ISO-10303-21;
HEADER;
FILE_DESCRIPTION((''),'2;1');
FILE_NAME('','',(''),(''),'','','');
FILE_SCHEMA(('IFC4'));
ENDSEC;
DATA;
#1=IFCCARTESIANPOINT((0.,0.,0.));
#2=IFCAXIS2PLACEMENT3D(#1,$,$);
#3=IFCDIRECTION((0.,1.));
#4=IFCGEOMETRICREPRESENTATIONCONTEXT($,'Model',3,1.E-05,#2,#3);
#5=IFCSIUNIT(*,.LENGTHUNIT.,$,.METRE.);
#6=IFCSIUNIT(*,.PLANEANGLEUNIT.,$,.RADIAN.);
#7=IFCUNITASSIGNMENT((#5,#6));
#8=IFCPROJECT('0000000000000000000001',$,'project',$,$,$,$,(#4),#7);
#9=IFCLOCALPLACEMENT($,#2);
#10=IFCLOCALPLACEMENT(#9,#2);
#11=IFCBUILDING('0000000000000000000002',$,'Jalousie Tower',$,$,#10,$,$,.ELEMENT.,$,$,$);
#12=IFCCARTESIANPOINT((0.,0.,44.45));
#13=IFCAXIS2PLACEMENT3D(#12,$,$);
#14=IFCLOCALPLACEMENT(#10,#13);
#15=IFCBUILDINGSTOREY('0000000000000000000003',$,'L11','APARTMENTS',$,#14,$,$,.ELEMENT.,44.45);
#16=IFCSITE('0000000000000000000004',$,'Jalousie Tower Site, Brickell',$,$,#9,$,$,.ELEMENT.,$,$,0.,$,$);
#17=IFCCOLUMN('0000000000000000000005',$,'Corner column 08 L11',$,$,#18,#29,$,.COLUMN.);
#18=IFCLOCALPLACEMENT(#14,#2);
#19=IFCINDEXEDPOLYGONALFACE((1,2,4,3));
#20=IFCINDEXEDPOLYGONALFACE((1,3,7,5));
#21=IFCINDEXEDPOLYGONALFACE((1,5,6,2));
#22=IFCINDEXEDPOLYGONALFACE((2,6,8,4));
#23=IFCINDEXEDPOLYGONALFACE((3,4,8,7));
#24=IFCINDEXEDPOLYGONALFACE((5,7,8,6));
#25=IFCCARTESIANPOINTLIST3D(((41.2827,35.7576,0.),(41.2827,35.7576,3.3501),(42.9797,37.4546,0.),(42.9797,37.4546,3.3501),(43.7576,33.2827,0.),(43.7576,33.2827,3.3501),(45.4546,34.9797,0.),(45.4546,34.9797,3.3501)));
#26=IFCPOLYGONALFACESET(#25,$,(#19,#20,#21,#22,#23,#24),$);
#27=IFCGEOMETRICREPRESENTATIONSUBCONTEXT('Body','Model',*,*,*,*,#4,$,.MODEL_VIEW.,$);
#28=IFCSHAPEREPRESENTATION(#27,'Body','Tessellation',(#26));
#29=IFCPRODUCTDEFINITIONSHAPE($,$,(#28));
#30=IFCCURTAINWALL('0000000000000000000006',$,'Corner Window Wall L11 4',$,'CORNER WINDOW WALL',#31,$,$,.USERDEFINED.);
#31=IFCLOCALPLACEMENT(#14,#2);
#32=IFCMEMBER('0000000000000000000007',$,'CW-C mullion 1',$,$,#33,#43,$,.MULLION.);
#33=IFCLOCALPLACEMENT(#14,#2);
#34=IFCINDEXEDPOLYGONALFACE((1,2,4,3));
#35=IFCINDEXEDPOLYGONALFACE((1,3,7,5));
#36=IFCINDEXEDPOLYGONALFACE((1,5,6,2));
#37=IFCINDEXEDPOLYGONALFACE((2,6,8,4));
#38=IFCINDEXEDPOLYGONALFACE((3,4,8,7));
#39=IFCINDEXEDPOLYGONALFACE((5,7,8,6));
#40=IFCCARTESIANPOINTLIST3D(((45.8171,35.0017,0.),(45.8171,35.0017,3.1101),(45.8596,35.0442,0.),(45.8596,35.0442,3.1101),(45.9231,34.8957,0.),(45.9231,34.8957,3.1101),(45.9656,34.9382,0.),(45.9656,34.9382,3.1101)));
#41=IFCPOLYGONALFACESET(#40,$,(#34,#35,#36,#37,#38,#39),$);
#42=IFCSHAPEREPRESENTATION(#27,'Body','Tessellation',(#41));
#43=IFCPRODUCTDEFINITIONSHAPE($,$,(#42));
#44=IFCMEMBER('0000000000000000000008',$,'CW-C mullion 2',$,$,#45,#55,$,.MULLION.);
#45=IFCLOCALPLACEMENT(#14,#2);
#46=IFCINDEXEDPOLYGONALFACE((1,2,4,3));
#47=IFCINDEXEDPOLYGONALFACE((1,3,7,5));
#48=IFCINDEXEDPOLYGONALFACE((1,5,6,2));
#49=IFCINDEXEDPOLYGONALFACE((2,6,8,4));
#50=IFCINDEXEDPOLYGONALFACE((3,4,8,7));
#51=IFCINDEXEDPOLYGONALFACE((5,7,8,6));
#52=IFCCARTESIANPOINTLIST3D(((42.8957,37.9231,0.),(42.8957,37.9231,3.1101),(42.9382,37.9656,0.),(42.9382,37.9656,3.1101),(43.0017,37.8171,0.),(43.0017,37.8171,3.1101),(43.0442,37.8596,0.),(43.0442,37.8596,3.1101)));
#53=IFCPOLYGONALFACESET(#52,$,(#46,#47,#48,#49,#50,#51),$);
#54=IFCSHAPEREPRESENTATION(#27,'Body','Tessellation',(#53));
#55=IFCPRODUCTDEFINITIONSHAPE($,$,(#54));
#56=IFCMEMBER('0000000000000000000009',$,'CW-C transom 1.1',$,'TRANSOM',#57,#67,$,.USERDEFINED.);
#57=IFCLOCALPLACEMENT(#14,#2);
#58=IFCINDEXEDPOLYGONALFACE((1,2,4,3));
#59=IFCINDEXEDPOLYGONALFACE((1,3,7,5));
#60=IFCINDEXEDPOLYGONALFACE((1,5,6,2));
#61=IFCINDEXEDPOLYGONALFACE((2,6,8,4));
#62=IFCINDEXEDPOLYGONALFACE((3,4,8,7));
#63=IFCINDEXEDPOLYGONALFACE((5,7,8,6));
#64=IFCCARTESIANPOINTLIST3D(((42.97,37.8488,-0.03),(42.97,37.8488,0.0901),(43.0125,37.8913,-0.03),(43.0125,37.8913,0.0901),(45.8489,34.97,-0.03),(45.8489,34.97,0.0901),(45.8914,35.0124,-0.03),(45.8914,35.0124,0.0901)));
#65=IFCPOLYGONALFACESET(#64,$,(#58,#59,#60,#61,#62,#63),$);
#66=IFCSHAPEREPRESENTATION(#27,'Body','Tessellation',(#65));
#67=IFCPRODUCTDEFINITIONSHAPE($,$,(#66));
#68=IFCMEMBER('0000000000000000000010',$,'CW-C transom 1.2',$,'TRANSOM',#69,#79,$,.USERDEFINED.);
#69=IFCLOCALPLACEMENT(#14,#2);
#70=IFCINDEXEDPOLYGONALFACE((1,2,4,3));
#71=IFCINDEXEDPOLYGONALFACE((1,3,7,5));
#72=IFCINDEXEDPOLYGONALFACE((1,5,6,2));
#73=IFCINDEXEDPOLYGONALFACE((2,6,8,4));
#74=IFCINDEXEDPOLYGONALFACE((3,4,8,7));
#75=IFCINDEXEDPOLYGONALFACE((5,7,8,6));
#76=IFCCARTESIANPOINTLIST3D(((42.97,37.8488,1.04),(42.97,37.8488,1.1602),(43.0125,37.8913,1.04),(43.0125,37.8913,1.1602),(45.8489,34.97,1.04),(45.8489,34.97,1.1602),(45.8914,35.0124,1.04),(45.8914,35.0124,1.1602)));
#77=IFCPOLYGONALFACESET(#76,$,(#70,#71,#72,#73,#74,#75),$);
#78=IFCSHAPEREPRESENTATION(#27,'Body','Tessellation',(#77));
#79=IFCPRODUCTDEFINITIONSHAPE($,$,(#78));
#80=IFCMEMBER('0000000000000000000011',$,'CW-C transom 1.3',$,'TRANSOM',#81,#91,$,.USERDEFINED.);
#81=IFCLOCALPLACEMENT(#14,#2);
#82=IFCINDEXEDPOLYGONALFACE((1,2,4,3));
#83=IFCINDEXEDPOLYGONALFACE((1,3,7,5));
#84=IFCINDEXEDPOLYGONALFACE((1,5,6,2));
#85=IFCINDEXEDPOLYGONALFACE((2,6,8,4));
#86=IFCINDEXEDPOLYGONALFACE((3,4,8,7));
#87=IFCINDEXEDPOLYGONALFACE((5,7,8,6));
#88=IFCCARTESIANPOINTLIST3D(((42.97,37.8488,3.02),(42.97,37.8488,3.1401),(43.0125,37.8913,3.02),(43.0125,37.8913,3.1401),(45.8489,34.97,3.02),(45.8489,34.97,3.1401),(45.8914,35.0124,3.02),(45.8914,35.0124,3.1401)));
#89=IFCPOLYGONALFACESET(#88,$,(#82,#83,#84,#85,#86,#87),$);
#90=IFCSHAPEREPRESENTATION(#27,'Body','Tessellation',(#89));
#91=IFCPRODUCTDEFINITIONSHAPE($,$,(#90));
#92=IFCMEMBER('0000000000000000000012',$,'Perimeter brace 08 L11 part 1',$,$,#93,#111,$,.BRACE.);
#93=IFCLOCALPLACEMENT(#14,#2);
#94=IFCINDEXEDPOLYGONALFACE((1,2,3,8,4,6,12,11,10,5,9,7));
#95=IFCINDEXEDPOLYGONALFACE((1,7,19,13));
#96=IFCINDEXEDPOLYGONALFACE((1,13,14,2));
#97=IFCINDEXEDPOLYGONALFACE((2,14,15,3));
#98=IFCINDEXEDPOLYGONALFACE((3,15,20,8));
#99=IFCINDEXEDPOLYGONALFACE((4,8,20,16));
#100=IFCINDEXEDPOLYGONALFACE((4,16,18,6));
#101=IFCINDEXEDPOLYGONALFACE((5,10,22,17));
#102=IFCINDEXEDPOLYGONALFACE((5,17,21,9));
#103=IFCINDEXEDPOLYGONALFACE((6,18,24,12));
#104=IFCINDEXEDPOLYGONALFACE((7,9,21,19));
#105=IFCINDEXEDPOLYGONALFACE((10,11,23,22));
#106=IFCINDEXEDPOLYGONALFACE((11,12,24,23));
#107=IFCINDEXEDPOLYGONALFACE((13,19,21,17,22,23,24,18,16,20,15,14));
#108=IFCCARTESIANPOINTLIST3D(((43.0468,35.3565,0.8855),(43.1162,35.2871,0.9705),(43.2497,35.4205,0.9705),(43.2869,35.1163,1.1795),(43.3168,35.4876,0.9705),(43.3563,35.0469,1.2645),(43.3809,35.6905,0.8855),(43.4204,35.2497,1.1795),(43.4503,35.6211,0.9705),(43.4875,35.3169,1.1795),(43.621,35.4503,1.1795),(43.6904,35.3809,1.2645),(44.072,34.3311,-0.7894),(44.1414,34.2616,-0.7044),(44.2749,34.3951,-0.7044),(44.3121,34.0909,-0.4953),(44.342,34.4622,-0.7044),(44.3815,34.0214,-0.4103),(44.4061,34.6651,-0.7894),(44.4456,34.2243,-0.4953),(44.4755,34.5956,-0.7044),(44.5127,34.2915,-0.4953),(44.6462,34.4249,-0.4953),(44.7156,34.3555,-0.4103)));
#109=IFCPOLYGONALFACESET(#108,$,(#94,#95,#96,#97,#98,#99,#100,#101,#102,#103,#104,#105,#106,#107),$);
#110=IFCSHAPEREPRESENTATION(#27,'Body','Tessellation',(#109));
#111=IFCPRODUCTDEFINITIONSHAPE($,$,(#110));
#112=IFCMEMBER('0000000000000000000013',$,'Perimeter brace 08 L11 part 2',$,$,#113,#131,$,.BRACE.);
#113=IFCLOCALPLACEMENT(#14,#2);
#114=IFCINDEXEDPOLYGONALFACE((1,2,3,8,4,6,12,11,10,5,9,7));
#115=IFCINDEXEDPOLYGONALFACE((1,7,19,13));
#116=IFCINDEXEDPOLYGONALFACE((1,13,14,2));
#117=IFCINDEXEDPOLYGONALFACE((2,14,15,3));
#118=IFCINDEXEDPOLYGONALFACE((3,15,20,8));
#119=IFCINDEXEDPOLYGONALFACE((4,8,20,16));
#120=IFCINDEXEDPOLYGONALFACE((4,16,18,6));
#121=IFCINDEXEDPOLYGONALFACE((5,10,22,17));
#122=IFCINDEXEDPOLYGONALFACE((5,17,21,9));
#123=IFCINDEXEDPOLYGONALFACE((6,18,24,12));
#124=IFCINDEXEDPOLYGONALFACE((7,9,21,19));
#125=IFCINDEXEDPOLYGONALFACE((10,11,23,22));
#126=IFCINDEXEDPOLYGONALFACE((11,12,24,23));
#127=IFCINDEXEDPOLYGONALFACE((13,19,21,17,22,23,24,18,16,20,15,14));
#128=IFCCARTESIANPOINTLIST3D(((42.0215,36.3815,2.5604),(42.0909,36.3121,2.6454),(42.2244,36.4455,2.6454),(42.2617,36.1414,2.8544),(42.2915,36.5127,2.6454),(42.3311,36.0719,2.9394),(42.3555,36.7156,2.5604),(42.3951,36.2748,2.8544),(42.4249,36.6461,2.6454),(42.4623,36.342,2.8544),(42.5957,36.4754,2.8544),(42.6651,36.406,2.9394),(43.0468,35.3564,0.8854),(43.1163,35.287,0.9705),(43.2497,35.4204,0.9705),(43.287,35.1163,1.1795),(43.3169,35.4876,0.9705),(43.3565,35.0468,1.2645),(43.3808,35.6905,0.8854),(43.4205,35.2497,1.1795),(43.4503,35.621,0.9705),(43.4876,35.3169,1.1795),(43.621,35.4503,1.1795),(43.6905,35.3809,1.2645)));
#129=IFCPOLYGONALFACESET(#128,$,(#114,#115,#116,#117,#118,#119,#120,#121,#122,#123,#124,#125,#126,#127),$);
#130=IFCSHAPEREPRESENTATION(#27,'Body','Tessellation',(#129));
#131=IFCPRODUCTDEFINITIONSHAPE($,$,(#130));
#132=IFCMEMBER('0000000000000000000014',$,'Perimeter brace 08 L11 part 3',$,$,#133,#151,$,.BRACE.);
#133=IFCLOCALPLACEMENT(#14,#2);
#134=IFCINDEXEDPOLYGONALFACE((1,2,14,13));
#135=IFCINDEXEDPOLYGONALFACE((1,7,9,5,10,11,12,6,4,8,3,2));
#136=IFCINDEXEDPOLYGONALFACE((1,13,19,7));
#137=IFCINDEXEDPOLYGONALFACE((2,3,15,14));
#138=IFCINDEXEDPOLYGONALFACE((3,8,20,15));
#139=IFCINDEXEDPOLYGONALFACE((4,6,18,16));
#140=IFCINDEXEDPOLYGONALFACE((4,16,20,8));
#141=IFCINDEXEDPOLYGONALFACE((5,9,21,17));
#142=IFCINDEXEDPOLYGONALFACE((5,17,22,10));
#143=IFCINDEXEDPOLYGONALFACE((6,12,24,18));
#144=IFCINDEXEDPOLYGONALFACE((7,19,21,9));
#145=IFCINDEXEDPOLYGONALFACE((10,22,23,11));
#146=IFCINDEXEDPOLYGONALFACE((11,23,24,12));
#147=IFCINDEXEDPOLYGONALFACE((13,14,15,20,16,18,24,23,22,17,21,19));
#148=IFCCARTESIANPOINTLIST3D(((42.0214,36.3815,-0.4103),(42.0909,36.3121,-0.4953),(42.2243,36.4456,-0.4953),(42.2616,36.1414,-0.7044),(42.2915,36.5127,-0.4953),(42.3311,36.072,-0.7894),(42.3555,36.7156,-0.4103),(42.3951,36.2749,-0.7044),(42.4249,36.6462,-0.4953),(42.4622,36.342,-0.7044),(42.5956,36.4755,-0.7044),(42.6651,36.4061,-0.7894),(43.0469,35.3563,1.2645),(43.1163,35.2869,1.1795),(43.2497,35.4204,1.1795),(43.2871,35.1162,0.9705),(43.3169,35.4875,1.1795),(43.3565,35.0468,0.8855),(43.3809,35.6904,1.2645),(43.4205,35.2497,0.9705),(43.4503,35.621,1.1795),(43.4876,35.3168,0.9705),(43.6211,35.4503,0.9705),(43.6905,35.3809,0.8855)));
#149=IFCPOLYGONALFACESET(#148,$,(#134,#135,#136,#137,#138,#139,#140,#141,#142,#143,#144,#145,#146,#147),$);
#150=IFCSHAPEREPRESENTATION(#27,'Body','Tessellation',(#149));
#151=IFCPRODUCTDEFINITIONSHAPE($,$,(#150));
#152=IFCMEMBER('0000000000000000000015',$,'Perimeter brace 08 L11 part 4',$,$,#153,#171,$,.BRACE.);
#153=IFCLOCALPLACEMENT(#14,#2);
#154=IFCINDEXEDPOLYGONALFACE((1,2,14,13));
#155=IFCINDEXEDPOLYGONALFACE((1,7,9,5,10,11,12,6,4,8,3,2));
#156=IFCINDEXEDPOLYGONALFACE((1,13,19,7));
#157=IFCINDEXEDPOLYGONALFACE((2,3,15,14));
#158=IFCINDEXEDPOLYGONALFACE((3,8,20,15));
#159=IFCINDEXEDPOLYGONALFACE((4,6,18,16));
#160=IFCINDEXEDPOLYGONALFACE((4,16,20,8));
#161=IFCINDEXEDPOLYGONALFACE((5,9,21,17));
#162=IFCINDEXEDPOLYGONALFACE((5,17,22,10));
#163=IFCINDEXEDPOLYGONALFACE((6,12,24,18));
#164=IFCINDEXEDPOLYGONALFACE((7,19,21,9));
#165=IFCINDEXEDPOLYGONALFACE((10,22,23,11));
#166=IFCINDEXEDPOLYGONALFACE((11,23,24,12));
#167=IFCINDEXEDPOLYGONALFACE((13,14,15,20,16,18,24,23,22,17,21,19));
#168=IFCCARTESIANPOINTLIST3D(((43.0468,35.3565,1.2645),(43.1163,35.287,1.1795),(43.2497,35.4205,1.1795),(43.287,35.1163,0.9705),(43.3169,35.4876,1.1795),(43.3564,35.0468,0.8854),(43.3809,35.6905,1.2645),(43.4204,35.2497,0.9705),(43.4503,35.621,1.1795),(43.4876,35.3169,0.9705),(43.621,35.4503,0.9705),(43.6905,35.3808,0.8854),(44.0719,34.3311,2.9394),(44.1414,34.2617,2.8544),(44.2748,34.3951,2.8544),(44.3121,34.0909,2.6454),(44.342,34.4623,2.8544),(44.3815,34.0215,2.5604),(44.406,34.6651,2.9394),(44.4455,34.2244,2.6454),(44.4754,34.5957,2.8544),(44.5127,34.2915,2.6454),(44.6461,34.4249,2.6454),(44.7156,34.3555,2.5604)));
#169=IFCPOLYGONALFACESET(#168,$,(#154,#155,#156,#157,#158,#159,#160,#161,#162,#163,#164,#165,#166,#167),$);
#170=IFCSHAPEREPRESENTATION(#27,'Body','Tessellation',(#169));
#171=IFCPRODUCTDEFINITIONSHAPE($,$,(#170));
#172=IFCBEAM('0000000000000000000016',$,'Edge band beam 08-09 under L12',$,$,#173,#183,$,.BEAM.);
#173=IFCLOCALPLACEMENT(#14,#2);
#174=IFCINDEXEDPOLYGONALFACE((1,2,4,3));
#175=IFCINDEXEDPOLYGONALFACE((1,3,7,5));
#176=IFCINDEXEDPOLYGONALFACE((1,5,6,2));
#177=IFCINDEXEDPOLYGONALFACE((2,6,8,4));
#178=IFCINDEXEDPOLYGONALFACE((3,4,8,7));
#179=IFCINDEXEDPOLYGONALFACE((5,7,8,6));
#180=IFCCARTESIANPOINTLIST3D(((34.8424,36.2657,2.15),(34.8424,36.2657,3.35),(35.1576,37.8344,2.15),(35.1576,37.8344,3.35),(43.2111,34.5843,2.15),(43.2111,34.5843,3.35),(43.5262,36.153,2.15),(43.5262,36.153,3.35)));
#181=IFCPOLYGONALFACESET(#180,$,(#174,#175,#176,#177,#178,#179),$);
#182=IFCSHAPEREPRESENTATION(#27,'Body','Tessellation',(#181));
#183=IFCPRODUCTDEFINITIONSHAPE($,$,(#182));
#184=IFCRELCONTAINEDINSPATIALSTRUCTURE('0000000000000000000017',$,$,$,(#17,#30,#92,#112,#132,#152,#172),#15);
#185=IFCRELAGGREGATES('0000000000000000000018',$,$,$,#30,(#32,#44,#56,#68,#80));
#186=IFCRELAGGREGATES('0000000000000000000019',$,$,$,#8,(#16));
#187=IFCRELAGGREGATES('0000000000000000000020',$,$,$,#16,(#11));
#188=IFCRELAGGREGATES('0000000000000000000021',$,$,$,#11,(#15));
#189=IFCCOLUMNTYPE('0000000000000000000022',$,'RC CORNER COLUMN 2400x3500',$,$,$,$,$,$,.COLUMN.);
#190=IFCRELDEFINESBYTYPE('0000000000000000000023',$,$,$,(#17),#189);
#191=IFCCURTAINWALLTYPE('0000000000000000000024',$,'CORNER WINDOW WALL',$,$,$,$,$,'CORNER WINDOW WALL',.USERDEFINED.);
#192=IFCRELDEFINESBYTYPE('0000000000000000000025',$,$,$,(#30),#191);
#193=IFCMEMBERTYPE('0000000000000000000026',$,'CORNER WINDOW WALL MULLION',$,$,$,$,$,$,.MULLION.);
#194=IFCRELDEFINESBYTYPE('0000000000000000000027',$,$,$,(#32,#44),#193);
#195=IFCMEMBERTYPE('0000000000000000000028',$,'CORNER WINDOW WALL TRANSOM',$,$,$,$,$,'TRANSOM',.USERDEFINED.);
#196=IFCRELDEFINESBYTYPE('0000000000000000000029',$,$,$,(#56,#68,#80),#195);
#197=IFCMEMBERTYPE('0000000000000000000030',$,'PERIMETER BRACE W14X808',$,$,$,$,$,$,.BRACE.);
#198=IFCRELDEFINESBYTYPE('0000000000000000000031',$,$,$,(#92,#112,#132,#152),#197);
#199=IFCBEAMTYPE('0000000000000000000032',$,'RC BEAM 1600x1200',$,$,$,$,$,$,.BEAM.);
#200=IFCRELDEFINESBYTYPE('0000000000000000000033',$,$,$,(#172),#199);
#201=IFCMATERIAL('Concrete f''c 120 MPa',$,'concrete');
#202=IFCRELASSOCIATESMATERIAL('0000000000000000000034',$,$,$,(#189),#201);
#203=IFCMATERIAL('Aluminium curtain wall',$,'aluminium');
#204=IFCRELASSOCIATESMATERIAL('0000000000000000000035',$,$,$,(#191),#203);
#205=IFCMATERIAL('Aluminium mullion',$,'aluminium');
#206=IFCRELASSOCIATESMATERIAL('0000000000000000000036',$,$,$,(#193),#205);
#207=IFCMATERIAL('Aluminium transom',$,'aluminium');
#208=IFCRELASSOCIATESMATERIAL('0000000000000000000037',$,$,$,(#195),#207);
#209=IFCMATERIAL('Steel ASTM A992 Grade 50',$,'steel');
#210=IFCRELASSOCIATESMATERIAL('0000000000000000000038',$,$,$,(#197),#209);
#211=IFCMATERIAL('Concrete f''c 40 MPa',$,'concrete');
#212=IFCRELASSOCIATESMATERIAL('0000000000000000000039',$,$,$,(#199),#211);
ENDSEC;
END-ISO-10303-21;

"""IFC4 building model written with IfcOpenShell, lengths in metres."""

from ifc_helpers import new_model, si_unit, direction, frame, origin, origin_2d, place, context, subcontext, project, spatial, rectangle, i_section, extrude, material, material_profile, profile_set, type_object, element, aggregate, save


model = new_model("IFC4")

# Units and contexts
model_context = context("Model", 3, precision=1e-05, world=origin(), true_north=direction((0.0, 1.0)))
body_context = subcontext(model_context, "Body", "Model", "MODEL_VIEW")
ifc_project = project(units=[si_unit("LENGTHUNIT", "METRE"), si_unit("PLANEANGLEUNIT", "RADIAN")], contexts=[model_context])

# Site, building, storey
site_placement = place(None, origin())
site = spatial("IfcSite", under=ifc_project, at=site_placement, Name="Jalousie Tower Site, Brickell", CompositionType="ELEMENT", RefElevation=0.0)
building_placement = place(site_placement, origin())
building = spatial("IfcBuilding", under=site, at=building_placement, Name="Jalousie Tower", CompositionType="ELEMENT")
storey_placement = place(building_placement, frame((0.0, 0.0, 44.45)))
storey = spatial("IfcBuildingStorey", under=building, at=storey_placement, Name="L11", Description="APARTMENTS", CompositionType="ELEMENT", Elevation=44.45)

# Column
ifc_material_1 = material(Name="Concrete f'c 120 MPa", Category="concrete")
ifc_material_profile_1 = material_profile(ifc_material_1, rectangle(XDim=2.3999, YDim=3.5, at=origin_2d()), Name="RC 2400x3500")
ifc_profile_set_1 = profile_set([ifc_material_profile_1], Name="Concrete f'c 120 MPa")
column_type = type_object("IfcColumnType", Name="RC CORNER COLUMN 2400x3500", PredefinedType="COLUMN", material=ifc_profile_set_1)
column_placement = place(storey_placement, frame((43.3687, 35.3687, 0.0), z_axis=(0.0, 0.0, 1.0), x_axis=(-0.707107, -0.707107, 0.0)))
element("IfcColumn", 1, at=column_placement, inside=storey, type_object=column_type, Name="Corner column 08 L11", PredefinedType="COLUMN", context=body_context, shape_type="SweptSolid", body=[
    extrude(rectangle(XDim=2.3999, YDim=3.5, at=origin_2d()), origin(), (0.0, 0.0, 1.0), 3.3501),
])

# Curtain wall, members
ifc_material_2 = material(Name="Aluminium curtain wall", Category="aluminium")
curtain_wall_type_1 = type_object("IfcCurtainWallType", Name="CORNER WINDOW WALL", ElementType="CORNER WINDOW WALL", PredefinedType="USERDEFINED", material=ifc_material_2)
curtain_wall_1_placement = place(storey_placement, origin())
curtain_wall_1 = element("IfcCurtainWall", 2, at=curtain_wall_1_placement, inside=storey, type_object=curtain_wall_type_1, Name="Corner Window Wall L11 4", ObjectType="CORNER WINDOW WALL", PredefinedType="USERDEFINED")
ifc_material_3 = material(Name="Aluminium mullion", Category="aluminium")
ifc_material_profile_2 = material_profile(ifc_material_3, rectangle(XDim=0.0601, YDim=0.1499, at=origin_2d()), Name="MULLION 60x150")
ifc_profile_set_2 = profile_set([ifc_material_profile_2], Name="Aluminium mullion")
member_type_1 = type_object("IfcMemberType", Name="CORNER WINDOW WALL MULLION", PredefinedType="MULLION", material=ifc_profile_set_2)
member_1_placement = place(storey_placement, frame((45.8914, 34.97, 0.0), z_axis=(0.0, 0.0, 1.0), x_axis=(-0.707107, -0.707107, 0.0)))
member_1 = element("IfcMember", 3, at=member_1_placement, type_object=member_type_1, Name="CW-C mullion 1", PredefinedType="MULLION", context=body_context, shape_type="SweptSolid", body=[
    extrude(rectangle(XDim=0.0601, YDim=0.1499, at=origin_2d()), origin(), (0.0, 0.0, 1.0), 3.1101),
])
member_2_placement = place(storey_placement, frame((42.97, 37.8914, 0.0), z_axis=(0.0, 0.0, 1.0), x_axis=(-0.707107, -0.707107, 0.0)))
member_2 = element("IfcMember", 4, at=member_2_placement, type_object=member_type_1, Name="CW-C mullion 2", PredefinedType="MULLION", context=body_context, shape_type="SweptSolid", body=[
    extrude(rectangle(XDim=0.0601, YDim=0.1499, at=origin_2d()), origin(), (0.0, 0.0, 1.0), 3.1101),
])
ifc_material_4 = material(Name="Aluminium transom", Category="aluminium")
ifc_material_profile_3 = material_profile(ifc_material_4, rectangle(XDim=0.0601, YDim=0.1201, at=origin_2d()), Name="TRANSOM 60x120")
ifc_profile_set_3 = profile_set([ifc_material_profile_3], Name="Aluminium transom")
member_type_2 = type_object("IfcMemberType", Name="CORNER WINDOW WALL TRANSOM", ElementType="TRANSOM", PredefinedType="USERDEFINED", material=ifc_profile_set_3)
member_3_placement = place(storey_placement, frame((45.8701, 34.9912, 0.03), z_axis=(-0.707107, 0.707107, 0.0), x_axis=(-0.707107, -0.707107, 0.0)))
member_3 = element("IfcMember", 5, at=member_3_placement, type_object=member_type_2, Name="CW-C transom 1.1", ObjectType="TRANSOM", PredefinedType="USERDEFINED", context=body_context, shape_type="SweptSolid", body=[
    extrude(rectangle(XDim=0.0601, YDim=0.1201, at=origin_2d()), origin(), (0.0, 0.0, 1.0), 4.0713),
])
member_4_placement = place(storey_placement, frame((45.8701, 34.9912, 1.1001), z_axis=(-0.707107, 0.707107, 0.0), x_axis=(-0.707107, -0.707107, 0.0)))
member_4 = element("IfcMember", 6, at=member_4_placement, type_object=member_type_2, Name="CW-C transom 1.2", ObjectType="TRANSOM", PredefinedType="USERDEFINED", context=body_context, shape_type="SweptSolid", body=[
    extrude(rectangle(XDim=0.0601, YDim=0.1201, at=origin_2d()), origin(), (0.0, 0.0, 1.0), 4.0713),
])
member_5_placement = place(storey_placement, frame((45.8701, 34.9912, 3.0801), z_axis=(-0.707107, 0.707107, 0.0), x_axis=(-0.707107, -0.707107, 0.0)))
member_5 = element("IfcMember", 7, at=member_5_placement, type_object=member_type_2, Name="CW-C transom 1.3", ObjectType="TRANSOM", PredefinedType="USERDEFINED", context=body_context, shape_type="SweptSolid", body=[
    extrude(rectangle(XDim=0.0601, YDim=0.1201, at=origin_2d()), origin(), (0.0, 0.0, 1.0), 4.0713),
])

# Members
ifc_material_5 = material(Name="Steel ASTM A992 Grade 50", Category="steel")
ifc_material_profile_4 = material_profile(ifc_material_5, i_section(OverallWidth=0.4724, OverallDepth=0.5791, WebThickness=0.095, FlangeThickness=0.1299, at=origin_2d()), Name="W14X808")
ifc_profile_set_4 = profile_set([ifc_material_profile_4], Name="Steel ASTM A992 Grade 50")
member_type_3 = type_object("IfcMemberType", Name="PERIMETER BRACE W14X808", PredefinedType="BRACE", material=ifc_profile_set_4)
for number, where, z_axis, x_axis, name in (
    (8, (44.3938, 34.3433, -0.5999), (-0.462768, 0.462879, 0.756035), (-0.707191, -0.707023, 0.0), "Perimeter brace 08 L11 part 1"),
    (9, (43.3687, 35.3687, 1.075), (-0.46284, 0.46273, 0.756082), (-0.707023, -0.707191, 0.0), "Perimeter brace 08 L11 part 2"),
    (10, (42.3433, 36.3938, -0.5999), (0.462879, -0.462768, 0.756035), (0.707023, 0.707191, 0.0), "Perimeter brace 08 L11 part 3"),
    (11, (43.3687, 35.3687, 1.075), (0.46273, -0.46284, 0.756082), (0.707191, 0.707023, 0.0), "Perimeter brace 08 L11 part 4"),
):
    element("IfcMember", number, at=place(storey_placement, frame(where, z_axis=z_axis, x_axis=x_axis)), inside=storey, type_object=member_type_3, Name=name, PredefinedType="BRACE", context=body_context, shape_type="SweptSolid", body=[
        extrude(i_section(OverallWidth=0.4724, OverallDepth=0.5791, WebThickness=0.095, FlangeThickness=0.1299, at=origin_2d()), origin(), (0.0, 0.0, 1.0), 2.2153),
    ])

# Beam
ifc_material_6 = material(Name="Concrete f'c 40 MPa", Category="concrete")
ifc_material_profile_5 = material_profile(ifc_material_6, rectangle(XDim=1.6001, YDim=1.2, at=origin_2d()), Name="RC 1600x1200")
ifc_profile_set_5 = profile_set([ifc_material_profile_5], Name="Concrete f'c 40 MPa")
beam_type_1 = type_object("IfcBeamType", Name="RC BEAM 1600x1200", PredefinedType="BEAM", material=ifc_profile_set_5)
beam_1_placement = place(storey_placement, frame((43.3687, 35.3687, 2.75), z_axis=(-0.980408, 0.19698, 0.0), x_axis=(-0.19698, -0.980408, 0.0)))
element("IfcBeam", 12, at=beam_1_placement, inside=storey, type_object=beam_type_1, Name="Edge band beam 08-09 under L12", PredefinedType="BEAM", context=body_context, shape_type="SweptSolid", body=[
    extrude(rectangle(XDim=1.6001, YDim=1.2, at=origin_2d()), origin(), (0.0, 0.0, 1.0), 8.5359),
])

aggregate(curtain_wall_1, [member_1, member_2, member_3, member_4, member_5])

save(model, "model.ifc")
